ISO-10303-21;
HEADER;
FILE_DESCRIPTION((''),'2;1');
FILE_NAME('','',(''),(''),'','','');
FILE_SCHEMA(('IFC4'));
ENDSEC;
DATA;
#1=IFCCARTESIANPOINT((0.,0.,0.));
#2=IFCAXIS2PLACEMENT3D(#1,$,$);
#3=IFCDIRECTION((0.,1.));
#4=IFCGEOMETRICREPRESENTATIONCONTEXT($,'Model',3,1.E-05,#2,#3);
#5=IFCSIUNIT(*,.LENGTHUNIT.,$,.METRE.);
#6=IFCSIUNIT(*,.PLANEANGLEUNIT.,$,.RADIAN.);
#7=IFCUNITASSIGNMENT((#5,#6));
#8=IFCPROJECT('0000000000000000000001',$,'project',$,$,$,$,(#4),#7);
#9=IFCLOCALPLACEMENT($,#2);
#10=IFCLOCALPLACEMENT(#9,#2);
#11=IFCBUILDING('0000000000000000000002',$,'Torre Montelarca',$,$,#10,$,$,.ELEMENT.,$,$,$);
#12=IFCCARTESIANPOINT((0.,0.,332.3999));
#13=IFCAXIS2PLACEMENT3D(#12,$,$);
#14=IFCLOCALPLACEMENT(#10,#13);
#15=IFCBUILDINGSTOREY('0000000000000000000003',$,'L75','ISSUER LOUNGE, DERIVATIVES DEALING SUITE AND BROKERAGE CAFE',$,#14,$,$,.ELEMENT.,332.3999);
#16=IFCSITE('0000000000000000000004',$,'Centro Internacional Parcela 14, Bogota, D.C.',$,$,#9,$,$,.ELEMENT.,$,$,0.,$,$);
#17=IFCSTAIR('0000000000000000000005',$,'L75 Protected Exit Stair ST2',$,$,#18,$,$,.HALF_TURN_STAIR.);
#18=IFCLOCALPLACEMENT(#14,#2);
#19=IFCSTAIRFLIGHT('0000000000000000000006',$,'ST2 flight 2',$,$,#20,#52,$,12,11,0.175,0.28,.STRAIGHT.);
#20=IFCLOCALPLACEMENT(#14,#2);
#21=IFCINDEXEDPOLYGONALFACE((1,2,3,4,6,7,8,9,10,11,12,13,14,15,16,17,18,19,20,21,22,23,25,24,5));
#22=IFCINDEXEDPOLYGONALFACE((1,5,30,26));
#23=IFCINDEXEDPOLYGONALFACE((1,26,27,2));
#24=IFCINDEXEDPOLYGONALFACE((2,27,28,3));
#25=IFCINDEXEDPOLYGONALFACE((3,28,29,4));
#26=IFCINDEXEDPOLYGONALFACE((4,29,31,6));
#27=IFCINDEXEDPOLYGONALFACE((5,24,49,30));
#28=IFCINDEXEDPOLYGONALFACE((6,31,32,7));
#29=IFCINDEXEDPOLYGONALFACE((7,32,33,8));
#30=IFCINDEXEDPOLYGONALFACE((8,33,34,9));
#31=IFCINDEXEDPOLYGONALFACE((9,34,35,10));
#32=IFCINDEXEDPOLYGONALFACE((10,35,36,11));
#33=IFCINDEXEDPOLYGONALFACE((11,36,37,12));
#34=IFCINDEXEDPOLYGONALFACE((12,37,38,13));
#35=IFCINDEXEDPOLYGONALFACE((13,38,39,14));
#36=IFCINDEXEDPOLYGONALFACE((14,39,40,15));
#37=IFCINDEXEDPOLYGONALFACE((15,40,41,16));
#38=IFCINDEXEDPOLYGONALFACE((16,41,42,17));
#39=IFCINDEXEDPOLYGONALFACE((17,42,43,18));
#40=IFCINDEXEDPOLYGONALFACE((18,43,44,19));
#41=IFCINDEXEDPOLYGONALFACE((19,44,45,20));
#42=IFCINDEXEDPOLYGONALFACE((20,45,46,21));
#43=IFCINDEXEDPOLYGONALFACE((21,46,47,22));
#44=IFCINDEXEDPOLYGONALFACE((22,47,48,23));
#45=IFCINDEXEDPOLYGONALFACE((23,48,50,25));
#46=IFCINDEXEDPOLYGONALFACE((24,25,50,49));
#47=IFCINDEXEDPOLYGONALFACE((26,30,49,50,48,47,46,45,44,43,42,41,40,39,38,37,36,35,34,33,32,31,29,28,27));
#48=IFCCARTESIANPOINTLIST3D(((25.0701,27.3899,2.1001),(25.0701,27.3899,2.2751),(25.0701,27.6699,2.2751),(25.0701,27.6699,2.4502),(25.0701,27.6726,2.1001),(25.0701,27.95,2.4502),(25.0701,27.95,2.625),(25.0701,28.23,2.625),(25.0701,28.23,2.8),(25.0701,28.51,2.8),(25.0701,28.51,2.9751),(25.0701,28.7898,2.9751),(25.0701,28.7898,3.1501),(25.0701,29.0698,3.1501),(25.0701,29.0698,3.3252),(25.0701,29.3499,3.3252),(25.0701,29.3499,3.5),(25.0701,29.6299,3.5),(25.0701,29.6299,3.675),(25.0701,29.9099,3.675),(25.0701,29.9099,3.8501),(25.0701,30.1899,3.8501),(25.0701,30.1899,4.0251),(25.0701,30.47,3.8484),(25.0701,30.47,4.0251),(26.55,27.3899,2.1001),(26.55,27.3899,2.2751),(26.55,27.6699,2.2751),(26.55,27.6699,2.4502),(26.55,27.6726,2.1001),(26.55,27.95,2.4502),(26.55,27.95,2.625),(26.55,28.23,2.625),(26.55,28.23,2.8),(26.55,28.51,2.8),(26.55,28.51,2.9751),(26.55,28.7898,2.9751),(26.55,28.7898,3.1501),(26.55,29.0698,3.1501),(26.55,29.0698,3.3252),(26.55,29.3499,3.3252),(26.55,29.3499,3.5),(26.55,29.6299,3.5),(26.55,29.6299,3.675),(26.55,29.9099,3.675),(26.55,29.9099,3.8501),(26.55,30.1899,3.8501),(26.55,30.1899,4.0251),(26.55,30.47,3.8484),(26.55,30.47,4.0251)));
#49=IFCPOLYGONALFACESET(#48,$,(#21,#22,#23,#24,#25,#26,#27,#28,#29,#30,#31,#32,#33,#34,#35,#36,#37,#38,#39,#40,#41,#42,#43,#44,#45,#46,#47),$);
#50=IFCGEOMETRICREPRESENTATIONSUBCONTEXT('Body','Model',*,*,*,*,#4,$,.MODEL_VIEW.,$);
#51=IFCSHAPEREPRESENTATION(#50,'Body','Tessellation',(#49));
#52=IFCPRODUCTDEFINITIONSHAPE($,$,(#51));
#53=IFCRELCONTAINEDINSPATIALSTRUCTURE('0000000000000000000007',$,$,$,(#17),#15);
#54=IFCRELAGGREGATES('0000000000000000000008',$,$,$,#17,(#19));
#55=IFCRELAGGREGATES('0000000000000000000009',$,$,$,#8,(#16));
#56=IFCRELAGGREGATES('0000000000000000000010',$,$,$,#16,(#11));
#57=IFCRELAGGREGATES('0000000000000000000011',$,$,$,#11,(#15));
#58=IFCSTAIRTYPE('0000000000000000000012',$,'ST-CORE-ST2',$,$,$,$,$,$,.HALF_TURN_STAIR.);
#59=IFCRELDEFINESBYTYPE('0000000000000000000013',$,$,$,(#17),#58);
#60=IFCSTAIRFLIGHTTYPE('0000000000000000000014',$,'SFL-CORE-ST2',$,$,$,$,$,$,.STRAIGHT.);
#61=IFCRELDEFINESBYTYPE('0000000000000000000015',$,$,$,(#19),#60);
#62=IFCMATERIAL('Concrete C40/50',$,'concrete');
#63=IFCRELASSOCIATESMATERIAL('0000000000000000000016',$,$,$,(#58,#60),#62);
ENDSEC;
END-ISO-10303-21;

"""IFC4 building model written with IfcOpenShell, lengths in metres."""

from ifc_helpers import new_model, si_unit, direction, frame, origin, place, context, subcontext, project, spatial, polyline, outline, extrude, material, type_object, element, aggregate, save


model = new_model("IFC4")

# Units and contexts
model_context = context("Model", 3, precision=1e-05, world=origin(), true_north=direction((0.0, 1.0)))
body_context = subcontext(model_context, "Body", "Model", "MODEL_VIEW")
ifc_project = project(units=[si_unit("LENGTHUNIT", "METRE"), si_unit("PLANEANGLEUNIT", "RADIAN")], contexts=[model_context])

# Site, building, storey
site_placement = place(None, origin())
site = spatial("IfcSite", under=ifc_project, at=site_placement, Name="Centro Internacional Parcela 14, Bogota, D.C.", CompositionType="ELEMENT", RefElevation=0.0)
building_placement = place(site_placement, origin())
building = spatial("IfcBuilding", under=site, at=building_placement, Name="Torre Montelarca", CompositionType="ELEMENT")
storey_placement = place(building_placement, frame((0.0, 0.0, 332.3999)))
storey = spatial("IfcBuildingStorey", under=building, at=storey_placement, Name="L75", Description="ISSUER LOUNGE, DERIVATIVES DEALING SUITE AND BROKERAGE CAFE", CompositionType="ELEMENT", Elevation=332.3999)

# Shared definitions
ifc_material_1 = material(Name="Concrete C40/50", Category="concrete")

# Stair, stair flight
stair_type = type_object("IfcStairType", Name="ST-CORE-ST2", PredefinedType="HALF_TURN_STAIR", material=ifc_material_1)
stair_placement = place(storey_placement, origin())
stair = element("IfcStair", 1, at=stair_placement, inside=storey, type_object=stair_type, Name="L75 Protected Exit Stair ST2", PredefinedType="HALF_TURN_STAIR")
stair_flight_type = type_object("IfcStairFlightType", Name="SFL-CORE-ST2", PredefinedType="STRAIGHT", material=ifc_material_1)
stair_flight_1_placement = place(storey_placement, frame((25.8101, 27.3899, 2.1001), z_axis=(0.0, 0.0, 1.0), x_axis=(0.0, 1.0, 0.0)))
stair_flight_1 = element("IfcStairFlight", 2, at=stair_flight_1_placement, type_object=stair_flight_type, Name="ST2 flight 2", NumberOfRisers=12, NumberOfTreads=11, PredefinedType="STRAIGHT", RiserHeight=0.175, TreadLength=0.28, context=body_context, shape_type="SweptSolid", body=[
    extrude(outline(polyline([(0.0, 0.0), (0.0, 0.175), (0.28, 0.175), (0.28, 0.3501), (0.5601, 0.3501), (0.5601, 0.5249), (0.8401, 0.5249), (0.8401, 0.7), (1.1201, 0.7), (1.1201, 0.875), (1.3999, 0.875), (1.3999, 1.05), (1.6799, 1.05), (1.6799, 1.2251), (1.96, 1.2251), (1.96, 1.3999), (2.24, 1.3999), (2.24, 1.575), (2.52, 1.575), (2.52, 1.75), (2.8, 1.75), (2.8, 1.925), (3.0801, 1.925), (3.0801, 2.1001), (3.0801, 1.7483), (0.2827, 0.0), (0.0, 0.0)])), frame((0.0, 0.74, 0.0), z_axis=(0.0, -1.0, 0.0), x_axis=(1.0, 0.0, 0.0)), (0.0, 0.0, 1.0), 1.48),
])
aggregate(stair, [stair_flight_1])

save(model, "model.ifc")
